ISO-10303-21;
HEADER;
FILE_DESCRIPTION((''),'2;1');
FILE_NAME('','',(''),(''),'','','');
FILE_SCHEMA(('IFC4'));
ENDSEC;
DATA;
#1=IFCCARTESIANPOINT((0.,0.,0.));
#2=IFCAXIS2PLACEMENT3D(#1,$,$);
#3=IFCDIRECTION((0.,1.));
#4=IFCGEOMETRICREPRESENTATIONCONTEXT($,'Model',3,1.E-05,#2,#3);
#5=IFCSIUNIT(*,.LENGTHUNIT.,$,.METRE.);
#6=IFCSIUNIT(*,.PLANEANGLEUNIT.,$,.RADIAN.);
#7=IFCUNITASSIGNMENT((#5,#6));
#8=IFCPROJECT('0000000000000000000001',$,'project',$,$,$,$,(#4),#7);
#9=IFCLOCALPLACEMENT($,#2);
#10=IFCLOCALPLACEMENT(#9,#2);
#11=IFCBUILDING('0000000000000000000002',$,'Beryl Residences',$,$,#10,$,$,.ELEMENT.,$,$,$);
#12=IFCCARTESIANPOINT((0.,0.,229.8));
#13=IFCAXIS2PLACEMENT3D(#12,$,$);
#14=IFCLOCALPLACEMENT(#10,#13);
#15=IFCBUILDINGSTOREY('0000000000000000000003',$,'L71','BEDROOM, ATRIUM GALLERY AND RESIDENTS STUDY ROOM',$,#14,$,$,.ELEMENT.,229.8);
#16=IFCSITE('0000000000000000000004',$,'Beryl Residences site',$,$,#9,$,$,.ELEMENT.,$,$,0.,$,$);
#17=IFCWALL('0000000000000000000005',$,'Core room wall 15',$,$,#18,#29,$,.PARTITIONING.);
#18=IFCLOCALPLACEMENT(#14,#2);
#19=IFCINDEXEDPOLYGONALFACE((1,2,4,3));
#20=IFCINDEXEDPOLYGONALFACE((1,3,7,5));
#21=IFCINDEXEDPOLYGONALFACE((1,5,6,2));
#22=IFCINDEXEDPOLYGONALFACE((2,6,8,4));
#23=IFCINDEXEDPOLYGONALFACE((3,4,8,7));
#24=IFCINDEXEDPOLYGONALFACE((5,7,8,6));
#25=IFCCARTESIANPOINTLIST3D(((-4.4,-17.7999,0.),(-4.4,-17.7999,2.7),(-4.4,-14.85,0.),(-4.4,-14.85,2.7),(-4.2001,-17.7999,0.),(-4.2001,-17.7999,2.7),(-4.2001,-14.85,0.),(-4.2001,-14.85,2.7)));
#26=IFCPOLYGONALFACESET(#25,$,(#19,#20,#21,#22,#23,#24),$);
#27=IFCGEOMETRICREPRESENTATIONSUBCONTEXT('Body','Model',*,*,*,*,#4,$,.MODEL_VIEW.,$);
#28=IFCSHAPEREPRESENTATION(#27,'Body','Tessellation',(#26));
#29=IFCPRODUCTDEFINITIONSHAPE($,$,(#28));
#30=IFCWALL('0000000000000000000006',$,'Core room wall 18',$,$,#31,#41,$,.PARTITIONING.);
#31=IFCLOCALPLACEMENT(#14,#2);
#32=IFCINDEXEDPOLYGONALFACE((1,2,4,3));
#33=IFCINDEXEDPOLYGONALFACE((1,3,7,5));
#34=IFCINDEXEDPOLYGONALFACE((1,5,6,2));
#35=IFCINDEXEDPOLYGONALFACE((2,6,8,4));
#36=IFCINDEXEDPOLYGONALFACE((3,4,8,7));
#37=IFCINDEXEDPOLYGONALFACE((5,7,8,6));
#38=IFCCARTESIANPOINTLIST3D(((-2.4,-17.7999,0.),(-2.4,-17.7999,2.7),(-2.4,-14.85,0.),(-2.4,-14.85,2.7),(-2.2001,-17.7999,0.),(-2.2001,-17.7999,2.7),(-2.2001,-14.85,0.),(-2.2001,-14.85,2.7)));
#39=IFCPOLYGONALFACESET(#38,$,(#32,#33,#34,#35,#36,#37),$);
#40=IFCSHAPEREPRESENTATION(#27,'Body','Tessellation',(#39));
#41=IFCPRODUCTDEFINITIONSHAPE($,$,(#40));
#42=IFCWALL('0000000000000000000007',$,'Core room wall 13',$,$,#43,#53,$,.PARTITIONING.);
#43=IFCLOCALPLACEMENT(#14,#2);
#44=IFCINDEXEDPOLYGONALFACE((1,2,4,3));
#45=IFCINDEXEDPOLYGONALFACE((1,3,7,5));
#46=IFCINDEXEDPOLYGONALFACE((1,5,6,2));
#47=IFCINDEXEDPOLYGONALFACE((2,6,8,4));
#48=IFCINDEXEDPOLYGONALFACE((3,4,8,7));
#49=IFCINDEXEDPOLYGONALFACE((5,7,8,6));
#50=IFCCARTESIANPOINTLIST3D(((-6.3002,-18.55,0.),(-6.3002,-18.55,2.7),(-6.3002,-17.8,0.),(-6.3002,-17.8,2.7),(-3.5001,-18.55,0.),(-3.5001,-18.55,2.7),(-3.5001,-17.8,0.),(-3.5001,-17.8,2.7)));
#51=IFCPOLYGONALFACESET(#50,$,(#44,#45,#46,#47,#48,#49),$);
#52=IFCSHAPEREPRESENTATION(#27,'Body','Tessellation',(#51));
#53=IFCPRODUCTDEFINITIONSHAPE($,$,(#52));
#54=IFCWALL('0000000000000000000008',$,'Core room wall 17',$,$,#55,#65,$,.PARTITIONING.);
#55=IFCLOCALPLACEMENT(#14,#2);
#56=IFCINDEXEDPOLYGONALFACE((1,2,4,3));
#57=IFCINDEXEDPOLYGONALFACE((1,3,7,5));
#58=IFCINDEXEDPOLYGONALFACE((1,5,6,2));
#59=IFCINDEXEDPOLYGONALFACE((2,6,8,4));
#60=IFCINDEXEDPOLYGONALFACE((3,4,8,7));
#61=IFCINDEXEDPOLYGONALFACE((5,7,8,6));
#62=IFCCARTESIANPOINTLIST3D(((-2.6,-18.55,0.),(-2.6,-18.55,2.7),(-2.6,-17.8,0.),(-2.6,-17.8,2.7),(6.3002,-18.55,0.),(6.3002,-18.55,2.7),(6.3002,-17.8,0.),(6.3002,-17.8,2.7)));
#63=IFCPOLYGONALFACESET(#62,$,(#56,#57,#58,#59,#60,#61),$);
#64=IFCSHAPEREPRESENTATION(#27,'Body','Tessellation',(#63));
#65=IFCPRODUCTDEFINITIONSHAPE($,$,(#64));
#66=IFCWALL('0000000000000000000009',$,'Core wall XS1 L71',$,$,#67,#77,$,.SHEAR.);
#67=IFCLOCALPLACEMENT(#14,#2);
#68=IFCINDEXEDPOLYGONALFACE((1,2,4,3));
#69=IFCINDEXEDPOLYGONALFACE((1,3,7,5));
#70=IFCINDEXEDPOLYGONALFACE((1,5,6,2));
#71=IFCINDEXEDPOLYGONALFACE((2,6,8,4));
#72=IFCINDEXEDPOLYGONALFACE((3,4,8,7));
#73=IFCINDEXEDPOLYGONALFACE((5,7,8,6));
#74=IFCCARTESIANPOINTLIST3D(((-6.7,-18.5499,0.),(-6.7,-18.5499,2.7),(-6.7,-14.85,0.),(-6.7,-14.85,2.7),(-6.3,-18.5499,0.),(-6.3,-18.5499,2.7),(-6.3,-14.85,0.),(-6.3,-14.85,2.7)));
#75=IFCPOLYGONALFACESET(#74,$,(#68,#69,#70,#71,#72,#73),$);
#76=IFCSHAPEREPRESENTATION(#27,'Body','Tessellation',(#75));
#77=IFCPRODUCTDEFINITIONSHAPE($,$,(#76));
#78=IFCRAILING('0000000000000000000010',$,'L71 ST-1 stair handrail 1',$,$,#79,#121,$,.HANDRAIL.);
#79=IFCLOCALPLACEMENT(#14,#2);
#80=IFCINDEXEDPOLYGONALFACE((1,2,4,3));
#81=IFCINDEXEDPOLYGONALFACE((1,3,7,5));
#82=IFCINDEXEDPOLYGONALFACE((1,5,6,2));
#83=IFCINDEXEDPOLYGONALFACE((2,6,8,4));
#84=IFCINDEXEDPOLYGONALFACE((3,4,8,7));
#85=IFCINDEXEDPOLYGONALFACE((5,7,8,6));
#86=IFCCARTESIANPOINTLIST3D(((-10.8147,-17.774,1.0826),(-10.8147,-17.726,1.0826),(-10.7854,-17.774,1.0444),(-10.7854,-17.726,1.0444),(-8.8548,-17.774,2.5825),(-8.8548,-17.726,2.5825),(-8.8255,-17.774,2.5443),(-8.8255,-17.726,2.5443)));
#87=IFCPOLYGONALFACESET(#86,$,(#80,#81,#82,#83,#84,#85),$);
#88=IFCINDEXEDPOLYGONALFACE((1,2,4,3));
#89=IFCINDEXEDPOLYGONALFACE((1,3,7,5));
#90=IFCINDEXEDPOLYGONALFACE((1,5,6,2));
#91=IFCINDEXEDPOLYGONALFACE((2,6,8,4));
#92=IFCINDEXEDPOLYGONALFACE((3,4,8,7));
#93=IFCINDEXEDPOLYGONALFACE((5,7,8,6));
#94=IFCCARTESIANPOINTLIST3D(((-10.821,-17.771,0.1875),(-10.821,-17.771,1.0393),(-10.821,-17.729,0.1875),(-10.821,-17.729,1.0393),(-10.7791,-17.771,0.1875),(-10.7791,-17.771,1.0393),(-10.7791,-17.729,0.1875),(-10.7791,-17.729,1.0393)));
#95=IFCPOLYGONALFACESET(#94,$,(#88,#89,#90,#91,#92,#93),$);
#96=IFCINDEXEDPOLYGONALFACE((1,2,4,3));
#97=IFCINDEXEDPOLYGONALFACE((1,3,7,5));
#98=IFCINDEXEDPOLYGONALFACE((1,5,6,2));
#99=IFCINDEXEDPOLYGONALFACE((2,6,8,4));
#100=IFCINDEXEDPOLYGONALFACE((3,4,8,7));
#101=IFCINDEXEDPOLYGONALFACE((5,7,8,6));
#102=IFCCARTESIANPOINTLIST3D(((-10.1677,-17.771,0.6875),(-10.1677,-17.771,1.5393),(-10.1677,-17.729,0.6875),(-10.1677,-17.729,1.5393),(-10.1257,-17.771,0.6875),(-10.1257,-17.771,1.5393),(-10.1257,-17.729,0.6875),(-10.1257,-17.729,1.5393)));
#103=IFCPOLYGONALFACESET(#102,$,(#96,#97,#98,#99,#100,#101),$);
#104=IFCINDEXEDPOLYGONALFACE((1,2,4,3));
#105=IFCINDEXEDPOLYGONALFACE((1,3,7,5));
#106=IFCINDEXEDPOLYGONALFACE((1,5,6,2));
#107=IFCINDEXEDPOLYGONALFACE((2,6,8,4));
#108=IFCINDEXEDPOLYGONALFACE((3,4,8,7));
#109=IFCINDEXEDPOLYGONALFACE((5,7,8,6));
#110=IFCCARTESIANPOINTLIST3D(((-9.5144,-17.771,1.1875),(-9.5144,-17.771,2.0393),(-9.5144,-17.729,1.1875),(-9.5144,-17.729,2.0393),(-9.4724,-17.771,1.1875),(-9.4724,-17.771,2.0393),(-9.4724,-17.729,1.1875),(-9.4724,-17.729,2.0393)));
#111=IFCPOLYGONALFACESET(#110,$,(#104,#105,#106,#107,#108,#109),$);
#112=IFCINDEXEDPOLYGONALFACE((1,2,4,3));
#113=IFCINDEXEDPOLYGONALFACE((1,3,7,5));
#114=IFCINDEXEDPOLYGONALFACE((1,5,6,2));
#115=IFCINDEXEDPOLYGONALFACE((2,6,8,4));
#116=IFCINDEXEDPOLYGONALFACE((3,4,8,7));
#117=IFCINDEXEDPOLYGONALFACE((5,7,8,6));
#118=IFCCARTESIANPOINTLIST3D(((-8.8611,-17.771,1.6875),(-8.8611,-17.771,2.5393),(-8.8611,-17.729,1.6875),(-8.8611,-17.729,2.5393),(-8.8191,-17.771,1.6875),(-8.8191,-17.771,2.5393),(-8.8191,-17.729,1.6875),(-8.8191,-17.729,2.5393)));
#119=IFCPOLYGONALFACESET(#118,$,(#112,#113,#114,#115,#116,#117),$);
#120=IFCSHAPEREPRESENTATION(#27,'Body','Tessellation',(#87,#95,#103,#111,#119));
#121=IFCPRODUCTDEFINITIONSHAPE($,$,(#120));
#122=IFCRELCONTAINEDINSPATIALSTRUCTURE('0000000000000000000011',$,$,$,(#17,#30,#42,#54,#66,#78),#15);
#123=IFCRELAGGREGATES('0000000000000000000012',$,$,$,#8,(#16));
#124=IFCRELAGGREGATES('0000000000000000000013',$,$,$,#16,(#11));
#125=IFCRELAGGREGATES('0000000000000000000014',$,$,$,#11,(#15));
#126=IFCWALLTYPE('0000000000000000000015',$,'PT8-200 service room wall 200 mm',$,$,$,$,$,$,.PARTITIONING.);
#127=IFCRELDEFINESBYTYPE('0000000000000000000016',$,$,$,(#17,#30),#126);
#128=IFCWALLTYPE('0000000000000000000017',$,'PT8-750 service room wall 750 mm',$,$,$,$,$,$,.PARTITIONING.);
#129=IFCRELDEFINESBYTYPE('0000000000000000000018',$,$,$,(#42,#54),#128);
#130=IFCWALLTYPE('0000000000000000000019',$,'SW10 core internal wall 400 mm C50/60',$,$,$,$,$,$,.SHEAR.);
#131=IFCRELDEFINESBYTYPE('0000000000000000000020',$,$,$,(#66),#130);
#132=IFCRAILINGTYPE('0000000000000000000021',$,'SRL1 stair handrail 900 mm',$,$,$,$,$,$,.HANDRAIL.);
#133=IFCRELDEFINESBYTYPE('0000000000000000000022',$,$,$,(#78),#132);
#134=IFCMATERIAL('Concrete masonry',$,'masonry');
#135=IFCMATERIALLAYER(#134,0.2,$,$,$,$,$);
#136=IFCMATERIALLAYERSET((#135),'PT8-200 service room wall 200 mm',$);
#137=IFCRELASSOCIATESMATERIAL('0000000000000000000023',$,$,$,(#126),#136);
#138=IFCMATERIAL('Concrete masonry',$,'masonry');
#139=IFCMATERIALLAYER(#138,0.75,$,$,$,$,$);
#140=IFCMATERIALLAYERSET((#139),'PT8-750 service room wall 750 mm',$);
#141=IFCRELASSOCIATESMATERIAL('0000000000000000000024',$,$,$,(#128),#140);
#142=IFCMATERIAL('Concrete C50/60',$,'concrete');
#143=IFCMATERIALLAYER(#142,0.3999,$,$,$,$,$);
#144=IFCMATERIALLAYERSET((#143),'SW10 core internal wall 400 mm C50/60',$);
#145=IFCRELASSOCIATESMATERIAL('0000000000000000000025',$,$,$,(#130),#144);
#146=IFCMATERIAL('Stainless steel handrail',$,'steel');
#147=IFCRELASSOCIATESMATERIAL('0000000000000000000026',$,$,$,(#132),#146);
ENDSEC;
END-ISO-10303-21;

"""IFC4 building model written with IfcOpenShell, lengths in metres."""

from ifc_helpers import new_model, si_unit, direction, frame, frame_2d, origin, origin_2d, place, context, subcontext, project, spatial, rectangle, extrude, material, layer, layer_set, type_object, element, save


model = new_model("IFC4")

# Units and contexts
model_context = context("Model", 3, precision=1e-05, world=origin(), true_north=direction((0.0, 1.0)))
body_context = subcontext(model_context, "Body", "Model", "MODEL_VIEW")
ifc_project = project(units=[si_unit("LENGTHUNIT", "METRE"), si_unit("PLANEANGLEUNIT", "RADIAN")], contexts=[model_context])

# Site, building, storey
site_placement = place(None, origin())
site = spatial("IfcSite", under=ifc_project, at=site_placement, Name="Beryl Residences site", CompositionType="ELEMENT", RefElevation=0.0)
building_placement = place(site_placement, origin())
building = spatial("IfcBuilding", under=site, at=building_placement, Name="Beryl Residences", CompositionType="ELEMENT")
storey_placement = place(building_placement, frame((0.0, 0.0, 229.8)))
storey = spatial("IfcBuildingStorey", under=building, at=storey_placement, Name="L71", Description="BEDROOM, ATRIUM GALLERY AND RESIDENTS STUDY ROOM", CompositionType="ELEMENT", Elevation=229.8)

# Walls
ifc_material_1 = material(Name="Concrete masonry", Category="masonry")
ifc_layer_1 = layer(ifc_material_1, 0.2)
ifc_layer_set_1 = layer_set([ifc_layer_1], Name="PT8-200 service room wall 200 mm")
wall_type_1 = type_object("IfcWallType", Name="PT8-200 service room wall 200 mm", PredefinedType="PARTITIONING", material=ifc_layer_set_1)
for number, where, z_axis, x_axis, name in (
    (1, (-4.3, -17.8, 0.0), (0.0, 0.0, 1.0), (0.0, 1.0, 0.0), "Core room wall 15"),
    (2, (-2.3, -17.8, 0.0), (0.0, 0.0, 1.0), (0.0, 1.0, 0.0), "Core room wall 18"),
):
    element("IfcWall", number, at=place(storey_placement, frame(where, z_axis=z_axis, x_axis=x_axis)), inside=storey, type_object=wall_type_1, Name=name, PredefinedType="PARTITIONING", context=body_context, shape_type="SweptSolid", body=[
        extrude(rectangle(XDim=2.95, YDim=0.2, at=frame_2d((1.4751, 0.0))), origin(), (0.0, 0.0, 1.0), 2.7),
    ])
ifc_material_2 = material(Name="Concrete masonry", Category="masonry")
ifc_layer_2 = layer(ifc_material_2, 0.75)
ifc_layer_set_2 = layer_set([ifc_layer_2], Name="PT8-750 service room wall 750 mm")
wall_type_2 = type_object("IfcWallType", Name="PT8-750 service room wall 750 mm", PredefinedType="PARTITIONING", material=ifc_layer_set_2)
wall_1_placement = place(storey_placement, frame((-6.3, -18.175, 0.0), z_axis=(0.0, 0.0, 1.0), x_axis=(1.0, 0.0, 0.0)))
element("IfcWall", 3, at=wall_1_placement, inside=storey, type_object=wall_type_2, Name="Core room wall 13", PredefinedType="PARTITIONING", context=body_context, shape_type="SweptSolid", body=[
    extrude(rectangle(XDim=2.8, YDim=0.75, at=frame_2d((1.3999, 0.0))), origin(), (0.0, 0.0, 1.0), 2.7),
])
wall_2_placement = place(storey_placement, frame((-2.6001, -18.175, 0.0), z_axis=(0.0, 0.0, 1.0), x_axis=(1.0, 0.0, 0.0)))
element("IfcWall", 4, at=wall_2_placement, inside=storey, type_object=wall_type_2, Name="Core room wall 17", PredefinedType="PARTITIONING", context=body_context, shape_type="SweptSolid", body=[
    extrude(rectangle(XDim=8.9001, YDim=0.75, at=frame_2d((4.4502, 0.0))), origin(), (0.0, 0.0, 1.0), 2.7),
])
ifc_material_3 = material(Name="Concrete C50/60", Category="concrete")
ifc_layer_3 = layer(ifc_material_3, 0.3999)
ifc_layer_set_3 = layer_set([ifc_layer_3], Name="SW10 core internal wall 400 mm C50/60")
wall_type_3 = type_object("IfcWallType", Name="SW10 core internal wall 400 mm C50/60", PredefinedType="SHEAR", material=ifc_layer_set_3)
wall_3_placement = place(storey_placement, frame((-6.5, -18.55, 0.0), z_axis=(0.0, 0.0, 1.0), x_axis=(0.0, 1.0, 0.0)))
element("IfcWall", 5, at=wall_3_placement, inside=storey, type_object=wall_type_3, Name="Core wall XS1 L71", PredefinedType="SHEAR", context=body_context, shape_type="SweptSolid", body=[
    extrude(rectangle(XDim=3.7, YDim=0.3999, at=frame_2d((1.8501, 0.0))), origin(), (0.0, 0.0, 1.0), 2.7),
])

# Railing
ifc_material_4 = material(Name="Stainless steel handrail", Category="steel")
railing_type = type_object("IfcRailingType", Name="SRL1 stair handrail 900 mm", PredefinedType="HANDRAIL", material=ifc_material_4)
railing_placement = place(storey_placement, frame((-10.8, -17.75, 0.1875)))
element("IfcRailing", 6, at=railing_placement, inside=storey, type_object=railing_type, Name="L71 ST-1 stair handrail 1", PredefinedType="HANDRAIL", context=body_context, shape_type="SweptSolid", body=[
    extrude(rectangle(XDim=0.0481, YDim=0.0481, at=origin_2d()), frame((0.0, 0.0, 0.876), z_axis=(0.794122, 0.0, 0.607758), x_axis=(0.0, 1.0, 0.0)), (0.0, 0.0, 1.0), 2.468),
    extrude(rectangle(XDim=0.042, YDim=0.042, at=origin_2d()), origin(), (0.0, 0.0, 1.0), 0.8518),
    extrude(rectangle(XDim=0.042, YDim=0.042, at=origin_2d()), frame((0.6533, 0.0, 0.5)), (0.0, 0.0, 1.0), 0.8518),
    extrude(rectangle(XDim=0.042, YDim=0.042, at=origin_2d()), frame((1.3066, 0.0, 1.0)), (0.0, 0.0, 1.0), 0.8518),
    extrude(rectangle(XDim=0.042, YDim=0.042, at=origin_2d()), frame((1.96, 0.0, 1.5)), (0.0, 0.0, 1.0), 0.8518),
])

save(model, "model.ifc")
